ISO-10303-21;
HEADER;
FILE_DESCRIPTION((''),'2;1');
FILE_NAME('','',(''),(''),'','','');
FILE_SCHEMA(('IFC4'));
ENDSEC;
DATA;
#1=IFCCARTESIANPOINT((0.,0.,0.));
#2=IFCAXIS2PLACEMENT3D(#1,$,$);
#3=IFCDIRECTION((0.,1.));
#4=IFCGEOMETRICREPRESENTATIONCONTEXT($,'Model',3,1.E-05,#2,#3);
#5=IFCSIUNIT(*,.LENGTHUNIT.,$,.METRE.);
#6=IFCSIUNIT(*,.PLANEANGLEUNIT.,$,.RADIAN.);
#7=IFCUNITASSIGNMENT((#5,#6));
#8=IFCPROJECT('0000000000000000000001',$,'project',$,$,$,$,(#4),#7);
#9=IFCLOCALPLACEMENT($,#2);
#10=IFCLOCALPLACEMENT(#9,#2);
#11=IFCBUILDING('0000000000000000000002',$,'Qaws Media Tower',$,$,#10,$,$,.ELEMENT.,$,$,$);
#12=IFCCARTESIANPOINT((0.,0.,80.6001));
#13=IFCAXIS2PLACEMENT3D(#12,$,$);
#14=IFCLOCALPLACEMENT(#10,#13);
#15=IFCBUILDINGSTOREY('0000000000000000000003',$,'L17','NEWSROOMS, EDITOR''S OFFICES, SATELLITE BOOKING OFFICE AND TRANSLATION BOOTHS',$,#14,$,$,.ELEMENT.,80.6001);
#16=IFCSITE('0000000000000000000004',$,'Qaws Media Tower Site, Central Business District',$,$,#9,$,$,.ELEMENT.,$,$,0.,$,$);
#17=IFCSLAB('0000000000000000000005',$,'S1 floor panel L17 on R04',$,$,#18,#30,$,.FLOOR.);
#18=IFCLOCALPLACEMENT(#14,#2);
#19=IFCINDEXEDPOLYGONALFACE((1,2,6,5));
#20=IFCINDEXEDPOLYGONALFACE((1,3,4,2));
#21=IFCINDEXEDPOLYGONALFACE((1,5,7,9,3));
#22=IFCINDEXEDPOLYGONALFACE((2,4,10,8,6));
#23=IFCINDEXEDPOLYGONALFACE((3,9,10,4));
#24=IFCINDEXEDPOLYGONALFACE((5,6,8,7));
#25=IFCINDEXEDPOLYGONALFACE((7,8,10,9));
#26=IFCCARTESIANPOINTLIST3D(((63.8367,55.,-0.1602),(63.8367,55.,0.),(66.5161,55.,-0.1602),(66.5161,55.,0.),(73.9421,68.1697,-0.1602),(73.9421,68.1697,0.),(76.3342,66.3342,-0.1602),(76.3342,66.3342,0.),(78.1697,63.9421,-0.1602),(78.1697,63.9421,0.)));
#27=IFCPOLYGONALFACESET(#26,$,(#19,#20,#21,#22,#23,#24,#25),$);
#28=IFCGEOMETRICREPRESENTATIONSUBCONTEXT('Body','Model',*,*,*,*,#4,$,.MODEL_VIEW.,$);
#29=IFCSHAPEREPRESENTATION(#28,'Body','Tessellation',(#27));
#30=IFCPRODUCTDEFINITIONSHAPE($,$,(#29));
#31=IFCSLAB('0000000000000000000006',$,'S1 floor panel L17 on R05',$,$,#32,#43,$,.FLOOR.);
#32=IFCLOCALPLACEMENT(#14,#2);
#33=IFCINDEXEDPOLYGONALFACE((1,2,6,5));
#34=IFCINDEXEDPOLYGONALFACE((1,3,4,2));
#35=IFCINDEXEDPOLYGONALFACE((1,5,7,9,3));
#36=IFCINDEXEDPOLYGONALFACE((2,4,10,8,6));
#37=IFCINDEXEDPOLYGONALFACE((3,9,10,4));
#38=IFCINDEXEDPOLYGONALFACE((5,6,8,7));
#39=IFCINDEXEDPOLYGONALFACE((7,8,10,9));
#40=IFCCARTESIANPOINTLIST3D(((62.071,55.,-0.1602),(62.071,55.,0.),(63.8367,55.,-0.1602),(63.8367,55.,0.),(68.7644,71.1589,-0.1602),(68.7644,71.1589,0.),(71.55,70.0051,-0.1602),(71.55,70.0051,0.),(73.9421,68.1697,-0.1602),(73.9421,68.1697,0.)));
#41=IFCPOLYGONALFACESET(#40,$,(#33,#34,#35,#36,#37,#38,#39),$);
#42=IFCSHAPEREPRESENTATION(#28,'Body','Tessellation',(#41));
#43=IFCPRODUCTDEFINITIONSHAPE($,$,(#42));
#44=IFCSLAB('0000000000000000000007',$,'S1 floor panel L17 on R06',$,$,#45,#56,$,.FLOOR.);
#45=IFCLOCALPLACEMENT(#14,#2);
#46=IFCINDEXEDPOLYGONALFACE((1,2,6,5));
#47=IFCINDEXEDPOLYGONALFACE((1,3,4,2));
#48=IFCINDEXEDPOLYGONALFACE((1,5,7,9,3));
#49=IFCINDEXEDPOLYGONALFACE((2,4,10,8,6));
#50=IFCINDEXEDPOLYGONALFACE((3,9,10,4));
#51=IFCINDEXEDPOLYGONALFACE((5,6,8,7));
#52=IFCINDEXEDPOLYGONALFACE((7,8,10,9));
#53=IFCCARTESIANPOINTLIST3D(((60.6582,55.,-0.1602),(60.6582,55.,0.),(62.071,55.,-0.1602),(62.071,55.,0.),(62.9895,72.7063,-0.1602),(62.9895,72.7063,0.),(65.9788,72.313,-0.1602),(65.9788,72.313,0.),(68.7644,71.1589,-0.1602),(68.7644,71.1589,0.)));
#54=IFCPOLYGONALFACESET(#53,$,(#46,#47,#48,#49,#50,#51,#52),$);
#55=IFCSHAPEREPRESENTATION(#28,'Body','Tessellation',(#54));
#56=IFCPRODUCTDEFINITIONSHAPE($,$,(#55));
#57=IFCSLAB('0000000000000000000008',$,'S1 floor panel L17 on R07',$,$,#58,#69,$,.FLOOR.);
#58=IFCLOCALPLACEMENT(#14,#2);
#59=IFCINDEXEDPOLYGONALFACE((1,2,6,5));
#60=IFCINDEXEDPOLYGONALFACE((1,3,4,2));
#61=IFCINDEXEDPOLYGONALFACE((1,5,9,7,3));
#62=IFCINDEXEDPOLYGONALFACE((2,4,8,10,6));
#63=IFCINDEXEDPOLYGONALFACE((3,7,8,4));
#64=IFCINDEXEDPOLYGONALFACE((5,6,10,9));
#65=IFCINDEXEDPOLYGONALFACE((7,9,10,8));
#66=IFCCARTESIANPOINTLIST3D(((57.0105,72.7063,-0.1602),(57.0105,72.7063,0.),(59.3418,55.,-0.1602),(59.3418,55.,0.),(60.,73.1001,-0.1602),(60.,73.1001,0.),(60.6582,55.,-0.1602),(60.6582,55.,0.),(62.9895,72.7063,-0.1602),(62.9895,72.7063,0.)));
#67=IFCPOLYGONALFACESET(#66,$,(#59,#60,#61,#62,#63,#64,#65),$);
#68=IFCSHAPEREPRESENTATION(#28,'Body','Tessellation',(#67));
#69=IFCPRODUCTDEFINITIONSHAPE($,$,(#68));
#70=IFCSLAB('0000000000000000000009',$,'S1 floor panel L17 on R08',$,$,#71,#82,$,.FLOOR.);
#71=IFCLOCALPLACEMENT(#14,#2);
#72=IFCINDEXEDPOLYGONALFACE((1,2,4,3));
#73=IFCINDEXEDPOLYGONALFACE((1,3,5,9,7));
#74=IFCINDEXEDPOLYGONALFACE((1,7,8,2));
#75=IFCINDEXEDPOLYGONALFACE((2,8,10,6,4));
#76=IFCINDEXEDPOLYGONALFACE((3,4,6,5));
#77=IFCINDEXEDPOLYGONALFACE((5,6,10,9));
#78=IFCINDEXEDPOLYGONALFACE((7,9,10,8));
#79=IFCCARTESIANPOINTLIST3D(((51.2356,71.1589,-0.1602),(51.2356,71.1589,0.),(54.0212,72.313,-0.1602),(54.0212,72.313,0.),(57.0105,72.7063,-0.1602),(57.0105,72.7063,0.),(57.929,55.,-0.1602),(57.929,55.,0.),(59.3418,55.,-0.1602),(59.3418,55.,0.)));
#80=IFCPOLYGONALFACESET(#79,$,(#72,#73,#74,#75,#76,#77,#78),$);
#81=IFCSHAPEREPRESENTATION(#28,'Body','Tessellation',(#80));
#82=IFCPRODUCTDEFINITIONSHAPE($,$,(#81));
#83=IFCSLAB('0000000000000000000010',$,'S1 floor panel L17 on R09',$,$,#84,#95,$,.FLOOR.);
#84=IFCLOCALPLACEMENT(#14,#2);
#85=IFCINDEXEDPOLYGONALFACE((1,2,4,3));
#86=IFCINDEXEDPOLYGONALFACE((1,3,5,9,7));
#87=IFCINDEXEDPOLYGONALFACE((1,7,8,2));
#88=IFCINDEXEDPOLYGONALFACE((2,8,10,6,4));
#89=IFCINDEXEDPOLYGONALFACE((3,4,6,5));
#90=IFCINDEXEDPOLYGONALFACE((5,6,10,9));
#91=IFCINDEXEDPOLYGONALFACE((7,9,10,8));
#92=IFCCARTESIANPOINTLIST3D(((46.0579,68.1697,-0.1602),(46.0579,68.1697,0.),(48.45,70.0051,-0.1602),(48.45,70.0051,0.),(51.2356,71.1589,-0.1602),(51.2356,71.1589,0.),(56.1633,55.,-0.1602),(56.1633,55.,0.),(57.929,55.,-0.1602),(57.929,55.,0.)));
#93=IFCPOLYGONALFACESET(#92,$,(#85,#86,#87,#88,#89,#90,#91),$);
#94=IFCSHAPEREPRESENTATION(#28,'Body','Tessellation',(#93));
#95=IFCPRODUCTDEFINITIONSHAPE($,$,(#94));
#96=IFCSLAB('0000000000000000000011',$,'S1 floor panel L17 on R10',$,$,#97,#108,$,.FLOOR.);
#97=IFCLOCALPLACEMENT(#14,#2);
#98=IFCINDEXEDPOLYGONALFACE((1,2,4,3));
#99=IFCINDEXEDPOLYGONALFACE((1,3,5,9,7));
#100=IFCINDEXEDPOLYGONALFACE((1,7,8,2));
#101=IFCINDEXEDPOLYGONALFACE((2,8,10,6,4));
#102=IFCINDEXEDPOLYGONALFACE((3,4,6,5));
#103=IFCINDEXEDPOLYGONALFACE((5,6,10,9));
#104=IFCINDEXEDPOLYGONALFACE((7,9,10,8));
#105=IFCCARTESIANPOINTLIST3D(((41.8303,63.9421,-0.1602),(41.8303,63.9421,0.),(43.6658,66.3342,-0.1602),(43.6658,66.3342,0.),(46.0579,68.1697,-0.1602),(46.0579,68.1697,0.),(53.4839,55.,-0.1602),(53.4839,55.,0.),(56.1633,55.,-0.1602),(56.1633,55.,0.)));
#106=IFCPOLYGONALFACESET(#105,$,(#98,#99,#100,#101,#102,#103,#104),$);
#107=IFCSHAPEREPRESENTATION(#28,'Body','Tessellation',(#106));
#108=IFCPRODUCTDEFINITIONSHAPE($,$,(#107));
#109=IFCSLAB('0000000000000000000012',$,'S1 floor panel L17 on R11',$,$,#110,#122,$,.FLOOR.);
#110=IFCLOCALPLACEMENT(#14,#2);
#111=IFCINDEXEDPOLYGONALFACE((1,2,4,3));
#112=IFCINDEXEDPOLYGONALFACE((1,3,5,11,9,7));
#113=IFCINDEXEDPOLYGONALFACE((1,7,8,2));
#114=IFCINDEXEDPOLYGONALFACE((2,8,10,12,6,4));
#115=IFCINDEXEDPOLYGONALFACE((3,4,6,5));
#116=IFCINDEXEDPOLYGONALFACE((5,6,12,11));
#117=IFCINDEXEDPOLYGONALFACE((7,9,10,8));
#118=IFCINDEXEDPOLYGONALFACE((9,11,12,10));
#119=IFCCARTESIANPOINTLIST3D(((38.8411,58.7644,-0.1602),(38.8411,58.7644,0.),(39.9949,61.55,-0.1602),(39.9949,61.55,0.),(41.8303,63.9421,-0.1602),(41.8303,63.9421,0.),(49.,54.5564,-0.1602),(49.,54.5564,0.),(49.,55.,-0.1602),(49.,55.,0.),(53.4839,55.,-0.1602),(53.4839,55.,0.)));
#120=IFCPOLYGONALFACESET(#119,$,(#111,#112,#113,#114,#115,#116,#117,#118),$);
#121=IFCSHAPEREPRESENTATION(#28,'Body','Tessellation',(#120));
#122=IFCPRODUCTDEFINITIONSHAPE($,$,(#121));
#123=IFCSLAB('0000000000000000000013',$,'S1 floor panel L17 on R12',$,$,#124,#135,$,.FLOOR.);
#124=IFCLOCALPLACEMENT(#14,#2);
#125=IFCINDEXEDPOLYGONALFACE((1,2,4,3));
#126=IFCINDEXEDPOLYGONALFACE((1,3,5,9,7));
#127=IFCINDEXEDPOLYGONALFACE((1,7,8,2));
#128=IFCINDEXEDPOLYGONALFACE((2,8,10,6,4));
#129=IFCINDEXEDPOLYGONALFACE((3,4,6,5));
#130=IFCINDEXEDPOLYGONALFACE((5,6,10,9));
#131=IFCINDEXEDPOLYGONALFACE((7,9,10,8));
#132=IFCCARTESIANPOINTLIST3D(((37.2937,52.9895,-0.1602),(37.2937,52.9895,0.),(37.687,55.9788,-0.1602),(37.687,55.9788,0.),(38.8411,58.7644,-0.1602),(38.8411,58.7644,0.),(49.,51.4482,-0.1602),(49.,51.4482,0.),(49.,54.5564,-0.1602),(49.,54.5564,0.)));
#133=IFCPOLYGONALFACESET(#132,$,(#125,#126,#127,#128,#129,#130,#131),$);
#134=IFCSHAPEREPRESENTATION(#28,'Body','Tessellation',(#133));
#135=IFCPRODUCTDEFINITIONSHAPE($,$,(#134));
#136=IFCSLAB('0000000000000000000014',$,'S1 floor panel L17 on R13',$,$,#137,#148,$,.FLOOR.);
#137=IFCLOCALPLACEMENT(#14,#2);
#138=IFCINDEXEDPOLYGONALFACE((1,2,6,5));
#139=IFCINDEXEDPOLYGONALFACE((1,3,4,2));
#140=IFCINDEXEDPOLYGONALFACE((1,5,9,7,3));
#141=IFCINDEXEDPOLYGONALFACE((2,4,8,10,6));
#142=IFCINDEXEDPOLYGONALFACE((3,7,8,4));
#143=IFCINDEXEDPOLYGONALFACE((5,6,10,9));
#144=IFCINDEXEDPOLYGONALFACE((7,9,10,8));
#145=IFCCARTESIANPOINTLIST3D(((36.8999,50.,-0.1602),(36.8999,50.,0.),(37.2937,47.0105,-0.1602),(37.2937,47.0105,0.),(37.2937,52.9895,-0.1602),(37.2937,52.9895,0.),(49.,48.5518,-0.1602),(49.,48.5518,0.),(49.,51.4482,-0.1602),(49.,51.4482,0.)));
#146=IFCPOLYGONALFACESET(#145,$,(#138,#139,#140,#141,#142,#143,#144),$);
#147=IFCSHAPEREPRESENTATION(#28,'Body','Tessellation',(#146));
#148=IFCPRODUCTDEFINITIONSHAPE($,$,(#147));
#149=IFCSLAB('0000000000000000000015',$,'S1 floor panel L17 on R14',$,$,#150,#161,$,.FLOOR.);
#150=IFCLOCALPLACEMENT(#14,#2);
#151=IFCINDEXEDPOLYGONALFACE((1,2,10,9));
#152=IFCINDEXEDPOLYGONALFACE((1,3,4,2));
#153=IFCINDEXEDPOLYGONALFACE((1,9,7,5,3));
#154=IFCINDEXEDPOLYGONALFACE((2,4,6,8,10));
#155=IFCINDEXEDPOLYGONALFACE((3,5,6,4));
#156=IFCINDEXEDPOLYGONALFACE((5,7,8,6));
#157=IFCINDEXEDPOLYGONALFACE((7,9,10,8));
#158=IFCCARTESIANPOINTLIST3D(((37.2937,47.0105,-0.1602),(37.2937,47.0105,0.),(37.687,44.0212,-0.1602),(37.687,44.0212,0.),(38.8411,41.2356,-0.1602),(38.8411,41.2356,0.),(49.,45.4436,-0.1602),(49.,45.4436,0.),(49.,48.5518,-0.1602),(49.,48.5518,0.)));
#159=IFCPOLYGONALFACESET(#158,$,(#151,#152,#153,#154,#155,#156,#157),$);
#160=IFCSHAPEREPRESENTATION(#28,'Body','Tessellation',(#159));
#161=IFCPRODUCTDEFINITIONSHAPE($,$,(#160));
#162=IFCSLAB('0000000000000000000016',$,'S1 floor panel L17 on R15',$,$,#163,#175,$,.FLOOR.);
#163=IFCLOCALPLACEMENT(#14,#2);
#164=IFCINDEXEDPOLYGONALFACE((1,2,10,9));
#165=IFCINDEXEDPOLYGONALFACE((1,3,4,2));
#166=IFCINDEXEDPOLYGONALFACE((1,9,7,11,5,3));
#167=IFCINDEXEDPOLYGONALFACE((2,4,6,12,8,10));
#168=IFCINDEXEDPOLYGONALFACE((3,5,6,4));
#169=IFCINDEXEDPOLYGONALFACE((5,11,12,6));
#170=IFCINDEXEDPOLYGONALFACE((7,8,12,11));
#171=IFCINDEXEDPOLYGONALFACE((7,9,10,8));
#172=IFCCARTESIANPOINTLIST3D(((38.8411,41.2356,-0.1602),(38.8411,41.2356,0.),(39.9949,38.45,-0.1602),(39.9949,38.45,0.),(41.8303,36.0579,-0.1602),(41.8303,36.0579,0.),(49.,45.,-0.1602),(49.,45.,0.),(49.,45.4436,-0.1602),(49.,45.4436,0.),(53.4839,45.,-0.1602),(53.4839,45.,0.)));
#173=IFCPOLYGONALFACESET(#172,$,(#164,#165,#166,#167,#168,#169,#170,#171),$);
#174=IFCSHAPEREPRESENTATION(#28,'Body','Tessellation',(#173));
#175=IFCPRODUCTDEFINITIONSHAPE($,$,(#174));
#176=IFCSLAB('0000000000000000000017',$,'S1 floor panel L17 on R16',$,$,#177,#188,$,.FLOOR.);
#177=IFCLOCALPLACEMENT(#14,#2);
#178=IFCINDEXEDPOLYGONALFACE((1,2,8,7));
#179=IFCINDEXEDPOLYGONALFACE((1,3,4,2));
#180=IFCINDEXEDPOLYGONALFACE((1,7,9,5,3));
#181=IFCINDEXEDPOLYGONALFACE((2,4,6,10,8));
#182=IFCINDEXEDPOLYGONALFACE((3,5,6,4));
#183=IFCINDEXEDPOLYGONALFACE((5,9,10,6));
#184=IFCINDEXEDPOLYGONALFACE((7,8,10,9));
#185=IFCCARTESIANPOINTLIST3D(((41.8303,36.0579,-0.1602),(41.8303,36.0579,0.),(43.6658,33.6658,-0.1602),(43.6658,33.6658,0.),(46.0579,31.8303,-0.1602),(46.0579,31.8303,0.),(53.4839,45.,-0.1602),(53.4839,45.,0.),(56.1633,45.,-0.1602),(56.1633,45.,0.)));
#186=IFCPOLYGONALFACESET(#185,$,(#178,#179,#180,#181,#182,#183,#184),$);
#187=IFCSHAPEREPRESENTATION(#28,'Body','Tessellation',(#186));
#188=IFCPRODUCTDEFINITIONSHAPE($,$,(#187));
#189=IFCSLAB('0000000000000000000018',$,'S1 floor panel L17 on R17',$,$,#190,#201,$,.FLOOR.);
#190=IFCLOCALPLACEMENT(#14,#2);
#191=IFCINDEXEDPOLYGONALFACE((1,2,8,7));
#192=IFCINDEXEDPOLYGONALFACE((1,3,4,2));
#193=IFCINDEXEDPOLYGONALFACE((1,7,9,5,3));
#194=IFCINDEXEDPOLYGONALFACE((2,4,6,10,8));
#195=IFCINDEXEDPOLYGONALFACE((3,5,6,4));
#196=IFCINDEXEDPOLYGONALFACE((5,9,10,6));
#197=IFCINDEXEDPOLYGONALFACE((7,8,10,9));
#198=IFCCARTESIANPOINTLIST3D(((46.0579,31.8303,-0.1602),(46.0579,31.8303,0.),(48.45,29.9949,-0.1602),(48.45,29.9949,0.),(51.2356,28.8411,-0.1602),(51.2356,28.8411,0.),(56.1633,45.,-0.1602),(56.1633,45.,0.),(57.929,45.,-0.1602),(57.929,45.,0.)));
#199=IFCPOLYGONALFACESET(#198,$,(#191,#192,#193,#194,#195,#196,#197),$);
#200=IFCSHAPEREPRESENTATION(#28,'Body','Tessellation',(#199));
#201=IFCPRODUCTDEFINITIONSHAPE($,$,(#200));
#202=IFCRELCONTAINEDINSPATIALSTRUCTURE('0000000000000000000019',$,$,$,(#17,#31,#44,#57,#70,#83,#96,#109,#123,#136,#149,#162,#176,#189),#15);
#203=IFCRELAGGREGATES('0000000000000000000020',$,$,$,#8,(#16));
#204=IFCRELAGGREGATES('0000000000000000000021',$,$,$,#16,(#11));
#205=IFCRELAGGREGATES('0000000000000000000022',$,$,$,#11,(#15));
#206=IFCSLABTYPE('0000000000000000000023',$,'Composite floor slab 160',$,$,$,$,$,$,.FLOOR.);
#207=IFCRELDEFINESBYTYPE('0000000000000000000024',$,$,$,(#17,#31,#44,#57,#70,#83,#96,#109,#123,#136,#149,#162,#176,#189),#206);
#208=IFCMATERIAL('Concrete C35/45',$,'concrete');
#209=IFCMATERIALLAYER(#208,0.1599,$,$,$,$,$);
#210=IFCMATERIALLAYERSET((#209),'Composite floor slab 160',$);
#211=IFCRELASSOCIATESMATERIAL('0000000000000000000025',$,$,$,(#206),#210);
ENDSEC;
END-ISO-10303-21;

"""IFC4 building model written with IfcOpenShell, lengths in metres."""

from ifc_helpers import new_model, si_unit, direction, frame, origin, place, context, subcontext, project, spatial, polyline, outline, extrude, material, layer, layer_set, type_object, element, save


model = new_model("IFC4")

# Units and contexts
model_context = context("Model", 3, precision=1e-05, world=origin(), true_north=direction((0.0, 1.0)))
body_context = subcontext(model_context, "Body", "Model", "MODEL_VIEW")
ifc_project = project(units=[si_unit("LENGTHUNIT", "METRE"), si_unit("PLANEANGLEUNIT", "RADIAN")], contexts=[model_context])

# Site, building, storey
site_placement = place(None, origin())
site = spatial("IfcSite", under=ifc_project, at=site_placement, Name="Qaws Media Tower Site, Central Business District", CompositionType="ELEMENT", RefElevation=0.0)
building_placement = place(site_placement, origin())
building = spatial("IfcBuilding", under=site, at=building_placement, Name="Qaws Media Tower", CompositionType="ELEMENT")
storey_placement = place(building_placement, frame((0.0, 0.0, 80.6001)))
storey = spatial("IfcBuildingStorey", under=building, at=storey_placement, Name="L17", Description="NEWSROOMS, EDITOR'S OFFICES, SATELLITE BOOKING OFFICE AND TRANSLATION BOOTHS", CompositionType="ELEMENT", Elevation=80.6001)

# Slabs
ifc_material_1 = material(Name="Concrete C35/45", Category="concrete")
ifc_layer_1 = layer(ifc_material_1, 0.1599)
ifc_layer_set_1 = layer_set([ifc_layer_1], Name="Composite floor slab 160")
slab_type_1 = type_object("IfcSlabType", Name="Composite floor slab 160", PredefinedType="FLOOR", material=ifc_layer_set_1)
slab_1_placement = place(storey_placement, frame((0.0, 0.0, -0.1602)))
element("IfcSlab", 1, at=slab_1_placement, inside=storey, type_object=slab_type_1, Name="S1 floor panel L17 on R04", PredefinedType="FLOOR", context=body_context, shape_type="SweptSolid", body=[
    extrude(outline(polyline([(76.3342, 66.3342), (78.1697, 63.9421), (66.5161, 55.0), (63.8367, 55.0), (73.9421, 68.1697), (76.3342, 66.3342)])), origin(), (0.0, 0.0, 1.0), 0.1602),
])
slab_2_placement = place(storey_placement, frame((0.0, 0.0, -0.1602)))
element("IfcSlab", 2, at=slab_2_placement, inside=storey, type_object=slab_type_1, Name="S1 floor panel L17 on R05", PredefinedType="FLOOR", context=body_context, shape_type="SweptSolid", body=[
    extrude(outline(polyline([(71.55, 70.0051), (73.9421, 68.1697), (63.8367, 55.0), (62.071, 55.0), (68.7644, 71.1589), (71.55, 70.0051)])), origin(), (0.0, 0.0, 1.0), 0.1602),
])
slab_3_placement = place(storey_placement, frame((0.0, 0.0, -0.1602)))
element("IfcSlab", 3, at=slab_3_placement, inside=storey, type_object=slab_type_1, Name="S1 floor panel L17 on R06", PredefinedType="FLOOR", context=body_context, shape_type="SweptSolid", body=[
    extrude(outline(polyline([(65.9788, 72.313), (68.7644, 71.1589), (62.071, 55.0), (60.6582, 55.0), (62.9895, 72.7063), (65.9788, 72.313)])), origin(), (0.0, 0.0, 1.0), 0.1602),
])
slab_4_placement = place(storey_placement, frame((0.0, 0.0, -0.1602)))
element("IfcSlab", 4, at=slab_4_placement, inside=storey, type_object=slab_type_1, Name="S1 floor panel L17 on R07", PredefinedType="FLOOR", context=body_context, shape_type="SweptSolid", body=[
    extrude(outline(polyline([(60.0, 73.1001), (62.9895, 72.7063), (60.6582, 55.0), (59.3418, 55.0), (57.0105, 72.7063), (60.0, 73.1001)])), origin(), (0.0, 0.0, 1.0), 0.1602),
])
slab_5_placement = place(storey_placement, frame((0.0, 0.0, -0.1602)))
element("IfcSlab", 5, at=slab_5_placement, inside=storey, type_object=slab_type_1, Name="S1 floor panel L17 on R08", PredefinedType="FLOOR", context=body_context, shape_type="SweptSolid", body=[
    extrude(outline(polyline([(54.0212, 72.313), (57.0105, 72.7063), (59.3418, 55.0), (57.929, 55.0), (51.2356, 71.1589), (54.0212, 72.313)])), origin(), (0.0, 0.0, 1.0), 0.1602),
])
slab_6_placement = place(storey_placement, frame((0.0, 0.0, -0.1602)))
element("IfcSlab", 6, at=slab_6_placement, inside=storey, type_object=slab_type_1, Name="S1 floor panel L17 on R09", PredefinedType="FLOOR", context=body_context, shape_type="SweptSolid", body=[
    extrude(outline(polyline([(48.45, 70.0051), (51.2356, 71.1589), (57.929, 55.0), (56.1633, 55.0), (46.0579, 68.1697), (48.45, 70.0051)])), origin(), (0.0, 0.0, 1.0), 0.1602),
])
slab_7_placement = place(storey_placement, frame((0.0, 0.0, -0.1602)))
element("IfcSlab", 7, at=slab_7_placement, inside=storey, type_object=slab_type_1, Name="S1 floor panel L17 on R10", PredefinedType="FLOOR", context=body_context, shape_type="SweptSolid", body=[
    extrude(outline(polyline([(43.6658, 66.3342), (46.0579, 68.1697), (56.1633, 55.0), (53.4839, 55.0), (41.8303, 63.9421), (43.6658, 66.3342)])), origin(), (0.0, 0.0, 1.0), 0.1602),
])
slab_8_placement = place(storey_placement, frame((0.0, 0.0, -0.1602)))
element("IfcSlab", 8, at=slab_8_placement, inside=storey, type_object=slab_type_1, Name="S1 floor panel L17 on R11", PredefinedType="FLOOR", context=body_context, shape_type="SweptSolid", body=[
    extrude(outline(polyline([(39.9949, 61.55), (41.8303, 63.9421), (53.4839, 55.0), (49.0, 55.0), (49.0, 54.5564), (38.8411, 58.7644), (39.9949, 61.55)])), origin(), (0.0, 0.0, 1.0), 0.1602),
])
slab_9_placement = place(storey_placement, frame((0.0, 0.0, -0.1602)))
element("IfcSlab", 9, at=slab_9_placement, inside=storey, type_object=slab_type_1, Name="S1 floor panel L17 on R12", PredefinedType="FLOOR", context=body_context, shape_type="SweptSolid", body=[
    extrude(outline(polyline([(37.687, 55.9788), (38.8411, 58.7644), (49.0, 54.5564), (49.0, 51.4482), (37.2937, 52.9895), (37.687, 55.9788)])), origin(), (0.0, 0.0, 1.0), 0.1602),
])
slab_10_placement = place(storey_placement, frame((0.0, 0.0, -0.1602)))
element("IfcSlab", 10, at=slab_10_placement, inside=storey, type_object=slab_type_1, Name="S1 floor panel L17 on R13", PredefinedType="FLOOR", context=body_context, shape_type="SweptSolid", body=[
    extrude(outline(polyline([(36.8999, 50.0), (37.2937, 52.9895), (49.0, 51.4482), (49.0, 48.5518), (37.2937, 47.0105), (36.8999, 50.0)])), origin(), (0.0, 0.0, 1.0), 0.1602),
])
slab_11_placement = place(storey_placement, frame((0.0, 0.0, -0.1602)))
element("IfcSlab", 11, at=slab_11_placement, inside=storey, type_object=slab_type_1, Name="S1 floor panel L17 on R14", PredefinedType="FLOOR", context=body_context, shape_type="SweptSolid", body=[
    extrude(outline(polyline([(37.687, 44.0212), (37.2937, 47.0105), (49.0, 48.5518), (49.0, 45.4436), (38.8411, 41.2356), (37.687, 44.0212)])), origin(), (0.0, 0.0, 1.0), 0.1602),
])
slab_12_placement = place(storey_placement, frame((0.0, 0.0, -0.1602)))
element("IfcSlab", 12, at=slab_12_placement, inside=storey, type_object=slab_type_1, Name="S1 floor panel L17 on R15", PredefinedType="FLOOR", context=body_context, shape_type="SweptSolid", body=[
    extrude(outline(polyline([(39.9949, 38.45), (38.8411, 41.2356), (49.0, 45.4436), (49.0, 45.0), (53.4839, 45.0), (41.8303, 36.0579), (39.9949, 38.45)])), origin(), (0.0, 0.0, 1.0), 0.1602),
])
slab_13_placement = place(storey_placement, frame((0.0, 0.0, -0.1602)))
element("IfcSlab", 13, at=slab_13_placement, inside=storey, type_object=slab_type_1, Name="S1 floor panel L17 on R16", PredefinedType="FLOOR", context=body_context, shape_type="SweptSolid", body=[
    extrude(outline(polyline([(43.6658, 33.6658), (41.8303, 36.0579), (53.4839, 45.0), (56.1633, 45.0), (46.0579, 31.8303), (43.6658, 33.6658)])), origin(), (0.0, 0.0, 1.0), 0.1602),
])
slab_14_placement = place(storey_placement, frame((0.0, 0.0, -0.1602)))
element("IfcSlab", 14, at=slab_14_placement, inside=storey, type_object=slab_type_1, Name="S1 floor panel L17 on R17", PredefinedType="FLOOR", context=body_context, shape_type="SweptSolid", body=[
    extrude(outline(polyline([(48.45, 29.9949), (46.0579, 31.8303), (56.1633, 45.0), (57.929, 45.0), (51.2356, 28.8411), (48.45, 29.9949)])), origin(), (0.0, 0.0, 1.0), 0.1602),
])

save(model, "model.ifc")
